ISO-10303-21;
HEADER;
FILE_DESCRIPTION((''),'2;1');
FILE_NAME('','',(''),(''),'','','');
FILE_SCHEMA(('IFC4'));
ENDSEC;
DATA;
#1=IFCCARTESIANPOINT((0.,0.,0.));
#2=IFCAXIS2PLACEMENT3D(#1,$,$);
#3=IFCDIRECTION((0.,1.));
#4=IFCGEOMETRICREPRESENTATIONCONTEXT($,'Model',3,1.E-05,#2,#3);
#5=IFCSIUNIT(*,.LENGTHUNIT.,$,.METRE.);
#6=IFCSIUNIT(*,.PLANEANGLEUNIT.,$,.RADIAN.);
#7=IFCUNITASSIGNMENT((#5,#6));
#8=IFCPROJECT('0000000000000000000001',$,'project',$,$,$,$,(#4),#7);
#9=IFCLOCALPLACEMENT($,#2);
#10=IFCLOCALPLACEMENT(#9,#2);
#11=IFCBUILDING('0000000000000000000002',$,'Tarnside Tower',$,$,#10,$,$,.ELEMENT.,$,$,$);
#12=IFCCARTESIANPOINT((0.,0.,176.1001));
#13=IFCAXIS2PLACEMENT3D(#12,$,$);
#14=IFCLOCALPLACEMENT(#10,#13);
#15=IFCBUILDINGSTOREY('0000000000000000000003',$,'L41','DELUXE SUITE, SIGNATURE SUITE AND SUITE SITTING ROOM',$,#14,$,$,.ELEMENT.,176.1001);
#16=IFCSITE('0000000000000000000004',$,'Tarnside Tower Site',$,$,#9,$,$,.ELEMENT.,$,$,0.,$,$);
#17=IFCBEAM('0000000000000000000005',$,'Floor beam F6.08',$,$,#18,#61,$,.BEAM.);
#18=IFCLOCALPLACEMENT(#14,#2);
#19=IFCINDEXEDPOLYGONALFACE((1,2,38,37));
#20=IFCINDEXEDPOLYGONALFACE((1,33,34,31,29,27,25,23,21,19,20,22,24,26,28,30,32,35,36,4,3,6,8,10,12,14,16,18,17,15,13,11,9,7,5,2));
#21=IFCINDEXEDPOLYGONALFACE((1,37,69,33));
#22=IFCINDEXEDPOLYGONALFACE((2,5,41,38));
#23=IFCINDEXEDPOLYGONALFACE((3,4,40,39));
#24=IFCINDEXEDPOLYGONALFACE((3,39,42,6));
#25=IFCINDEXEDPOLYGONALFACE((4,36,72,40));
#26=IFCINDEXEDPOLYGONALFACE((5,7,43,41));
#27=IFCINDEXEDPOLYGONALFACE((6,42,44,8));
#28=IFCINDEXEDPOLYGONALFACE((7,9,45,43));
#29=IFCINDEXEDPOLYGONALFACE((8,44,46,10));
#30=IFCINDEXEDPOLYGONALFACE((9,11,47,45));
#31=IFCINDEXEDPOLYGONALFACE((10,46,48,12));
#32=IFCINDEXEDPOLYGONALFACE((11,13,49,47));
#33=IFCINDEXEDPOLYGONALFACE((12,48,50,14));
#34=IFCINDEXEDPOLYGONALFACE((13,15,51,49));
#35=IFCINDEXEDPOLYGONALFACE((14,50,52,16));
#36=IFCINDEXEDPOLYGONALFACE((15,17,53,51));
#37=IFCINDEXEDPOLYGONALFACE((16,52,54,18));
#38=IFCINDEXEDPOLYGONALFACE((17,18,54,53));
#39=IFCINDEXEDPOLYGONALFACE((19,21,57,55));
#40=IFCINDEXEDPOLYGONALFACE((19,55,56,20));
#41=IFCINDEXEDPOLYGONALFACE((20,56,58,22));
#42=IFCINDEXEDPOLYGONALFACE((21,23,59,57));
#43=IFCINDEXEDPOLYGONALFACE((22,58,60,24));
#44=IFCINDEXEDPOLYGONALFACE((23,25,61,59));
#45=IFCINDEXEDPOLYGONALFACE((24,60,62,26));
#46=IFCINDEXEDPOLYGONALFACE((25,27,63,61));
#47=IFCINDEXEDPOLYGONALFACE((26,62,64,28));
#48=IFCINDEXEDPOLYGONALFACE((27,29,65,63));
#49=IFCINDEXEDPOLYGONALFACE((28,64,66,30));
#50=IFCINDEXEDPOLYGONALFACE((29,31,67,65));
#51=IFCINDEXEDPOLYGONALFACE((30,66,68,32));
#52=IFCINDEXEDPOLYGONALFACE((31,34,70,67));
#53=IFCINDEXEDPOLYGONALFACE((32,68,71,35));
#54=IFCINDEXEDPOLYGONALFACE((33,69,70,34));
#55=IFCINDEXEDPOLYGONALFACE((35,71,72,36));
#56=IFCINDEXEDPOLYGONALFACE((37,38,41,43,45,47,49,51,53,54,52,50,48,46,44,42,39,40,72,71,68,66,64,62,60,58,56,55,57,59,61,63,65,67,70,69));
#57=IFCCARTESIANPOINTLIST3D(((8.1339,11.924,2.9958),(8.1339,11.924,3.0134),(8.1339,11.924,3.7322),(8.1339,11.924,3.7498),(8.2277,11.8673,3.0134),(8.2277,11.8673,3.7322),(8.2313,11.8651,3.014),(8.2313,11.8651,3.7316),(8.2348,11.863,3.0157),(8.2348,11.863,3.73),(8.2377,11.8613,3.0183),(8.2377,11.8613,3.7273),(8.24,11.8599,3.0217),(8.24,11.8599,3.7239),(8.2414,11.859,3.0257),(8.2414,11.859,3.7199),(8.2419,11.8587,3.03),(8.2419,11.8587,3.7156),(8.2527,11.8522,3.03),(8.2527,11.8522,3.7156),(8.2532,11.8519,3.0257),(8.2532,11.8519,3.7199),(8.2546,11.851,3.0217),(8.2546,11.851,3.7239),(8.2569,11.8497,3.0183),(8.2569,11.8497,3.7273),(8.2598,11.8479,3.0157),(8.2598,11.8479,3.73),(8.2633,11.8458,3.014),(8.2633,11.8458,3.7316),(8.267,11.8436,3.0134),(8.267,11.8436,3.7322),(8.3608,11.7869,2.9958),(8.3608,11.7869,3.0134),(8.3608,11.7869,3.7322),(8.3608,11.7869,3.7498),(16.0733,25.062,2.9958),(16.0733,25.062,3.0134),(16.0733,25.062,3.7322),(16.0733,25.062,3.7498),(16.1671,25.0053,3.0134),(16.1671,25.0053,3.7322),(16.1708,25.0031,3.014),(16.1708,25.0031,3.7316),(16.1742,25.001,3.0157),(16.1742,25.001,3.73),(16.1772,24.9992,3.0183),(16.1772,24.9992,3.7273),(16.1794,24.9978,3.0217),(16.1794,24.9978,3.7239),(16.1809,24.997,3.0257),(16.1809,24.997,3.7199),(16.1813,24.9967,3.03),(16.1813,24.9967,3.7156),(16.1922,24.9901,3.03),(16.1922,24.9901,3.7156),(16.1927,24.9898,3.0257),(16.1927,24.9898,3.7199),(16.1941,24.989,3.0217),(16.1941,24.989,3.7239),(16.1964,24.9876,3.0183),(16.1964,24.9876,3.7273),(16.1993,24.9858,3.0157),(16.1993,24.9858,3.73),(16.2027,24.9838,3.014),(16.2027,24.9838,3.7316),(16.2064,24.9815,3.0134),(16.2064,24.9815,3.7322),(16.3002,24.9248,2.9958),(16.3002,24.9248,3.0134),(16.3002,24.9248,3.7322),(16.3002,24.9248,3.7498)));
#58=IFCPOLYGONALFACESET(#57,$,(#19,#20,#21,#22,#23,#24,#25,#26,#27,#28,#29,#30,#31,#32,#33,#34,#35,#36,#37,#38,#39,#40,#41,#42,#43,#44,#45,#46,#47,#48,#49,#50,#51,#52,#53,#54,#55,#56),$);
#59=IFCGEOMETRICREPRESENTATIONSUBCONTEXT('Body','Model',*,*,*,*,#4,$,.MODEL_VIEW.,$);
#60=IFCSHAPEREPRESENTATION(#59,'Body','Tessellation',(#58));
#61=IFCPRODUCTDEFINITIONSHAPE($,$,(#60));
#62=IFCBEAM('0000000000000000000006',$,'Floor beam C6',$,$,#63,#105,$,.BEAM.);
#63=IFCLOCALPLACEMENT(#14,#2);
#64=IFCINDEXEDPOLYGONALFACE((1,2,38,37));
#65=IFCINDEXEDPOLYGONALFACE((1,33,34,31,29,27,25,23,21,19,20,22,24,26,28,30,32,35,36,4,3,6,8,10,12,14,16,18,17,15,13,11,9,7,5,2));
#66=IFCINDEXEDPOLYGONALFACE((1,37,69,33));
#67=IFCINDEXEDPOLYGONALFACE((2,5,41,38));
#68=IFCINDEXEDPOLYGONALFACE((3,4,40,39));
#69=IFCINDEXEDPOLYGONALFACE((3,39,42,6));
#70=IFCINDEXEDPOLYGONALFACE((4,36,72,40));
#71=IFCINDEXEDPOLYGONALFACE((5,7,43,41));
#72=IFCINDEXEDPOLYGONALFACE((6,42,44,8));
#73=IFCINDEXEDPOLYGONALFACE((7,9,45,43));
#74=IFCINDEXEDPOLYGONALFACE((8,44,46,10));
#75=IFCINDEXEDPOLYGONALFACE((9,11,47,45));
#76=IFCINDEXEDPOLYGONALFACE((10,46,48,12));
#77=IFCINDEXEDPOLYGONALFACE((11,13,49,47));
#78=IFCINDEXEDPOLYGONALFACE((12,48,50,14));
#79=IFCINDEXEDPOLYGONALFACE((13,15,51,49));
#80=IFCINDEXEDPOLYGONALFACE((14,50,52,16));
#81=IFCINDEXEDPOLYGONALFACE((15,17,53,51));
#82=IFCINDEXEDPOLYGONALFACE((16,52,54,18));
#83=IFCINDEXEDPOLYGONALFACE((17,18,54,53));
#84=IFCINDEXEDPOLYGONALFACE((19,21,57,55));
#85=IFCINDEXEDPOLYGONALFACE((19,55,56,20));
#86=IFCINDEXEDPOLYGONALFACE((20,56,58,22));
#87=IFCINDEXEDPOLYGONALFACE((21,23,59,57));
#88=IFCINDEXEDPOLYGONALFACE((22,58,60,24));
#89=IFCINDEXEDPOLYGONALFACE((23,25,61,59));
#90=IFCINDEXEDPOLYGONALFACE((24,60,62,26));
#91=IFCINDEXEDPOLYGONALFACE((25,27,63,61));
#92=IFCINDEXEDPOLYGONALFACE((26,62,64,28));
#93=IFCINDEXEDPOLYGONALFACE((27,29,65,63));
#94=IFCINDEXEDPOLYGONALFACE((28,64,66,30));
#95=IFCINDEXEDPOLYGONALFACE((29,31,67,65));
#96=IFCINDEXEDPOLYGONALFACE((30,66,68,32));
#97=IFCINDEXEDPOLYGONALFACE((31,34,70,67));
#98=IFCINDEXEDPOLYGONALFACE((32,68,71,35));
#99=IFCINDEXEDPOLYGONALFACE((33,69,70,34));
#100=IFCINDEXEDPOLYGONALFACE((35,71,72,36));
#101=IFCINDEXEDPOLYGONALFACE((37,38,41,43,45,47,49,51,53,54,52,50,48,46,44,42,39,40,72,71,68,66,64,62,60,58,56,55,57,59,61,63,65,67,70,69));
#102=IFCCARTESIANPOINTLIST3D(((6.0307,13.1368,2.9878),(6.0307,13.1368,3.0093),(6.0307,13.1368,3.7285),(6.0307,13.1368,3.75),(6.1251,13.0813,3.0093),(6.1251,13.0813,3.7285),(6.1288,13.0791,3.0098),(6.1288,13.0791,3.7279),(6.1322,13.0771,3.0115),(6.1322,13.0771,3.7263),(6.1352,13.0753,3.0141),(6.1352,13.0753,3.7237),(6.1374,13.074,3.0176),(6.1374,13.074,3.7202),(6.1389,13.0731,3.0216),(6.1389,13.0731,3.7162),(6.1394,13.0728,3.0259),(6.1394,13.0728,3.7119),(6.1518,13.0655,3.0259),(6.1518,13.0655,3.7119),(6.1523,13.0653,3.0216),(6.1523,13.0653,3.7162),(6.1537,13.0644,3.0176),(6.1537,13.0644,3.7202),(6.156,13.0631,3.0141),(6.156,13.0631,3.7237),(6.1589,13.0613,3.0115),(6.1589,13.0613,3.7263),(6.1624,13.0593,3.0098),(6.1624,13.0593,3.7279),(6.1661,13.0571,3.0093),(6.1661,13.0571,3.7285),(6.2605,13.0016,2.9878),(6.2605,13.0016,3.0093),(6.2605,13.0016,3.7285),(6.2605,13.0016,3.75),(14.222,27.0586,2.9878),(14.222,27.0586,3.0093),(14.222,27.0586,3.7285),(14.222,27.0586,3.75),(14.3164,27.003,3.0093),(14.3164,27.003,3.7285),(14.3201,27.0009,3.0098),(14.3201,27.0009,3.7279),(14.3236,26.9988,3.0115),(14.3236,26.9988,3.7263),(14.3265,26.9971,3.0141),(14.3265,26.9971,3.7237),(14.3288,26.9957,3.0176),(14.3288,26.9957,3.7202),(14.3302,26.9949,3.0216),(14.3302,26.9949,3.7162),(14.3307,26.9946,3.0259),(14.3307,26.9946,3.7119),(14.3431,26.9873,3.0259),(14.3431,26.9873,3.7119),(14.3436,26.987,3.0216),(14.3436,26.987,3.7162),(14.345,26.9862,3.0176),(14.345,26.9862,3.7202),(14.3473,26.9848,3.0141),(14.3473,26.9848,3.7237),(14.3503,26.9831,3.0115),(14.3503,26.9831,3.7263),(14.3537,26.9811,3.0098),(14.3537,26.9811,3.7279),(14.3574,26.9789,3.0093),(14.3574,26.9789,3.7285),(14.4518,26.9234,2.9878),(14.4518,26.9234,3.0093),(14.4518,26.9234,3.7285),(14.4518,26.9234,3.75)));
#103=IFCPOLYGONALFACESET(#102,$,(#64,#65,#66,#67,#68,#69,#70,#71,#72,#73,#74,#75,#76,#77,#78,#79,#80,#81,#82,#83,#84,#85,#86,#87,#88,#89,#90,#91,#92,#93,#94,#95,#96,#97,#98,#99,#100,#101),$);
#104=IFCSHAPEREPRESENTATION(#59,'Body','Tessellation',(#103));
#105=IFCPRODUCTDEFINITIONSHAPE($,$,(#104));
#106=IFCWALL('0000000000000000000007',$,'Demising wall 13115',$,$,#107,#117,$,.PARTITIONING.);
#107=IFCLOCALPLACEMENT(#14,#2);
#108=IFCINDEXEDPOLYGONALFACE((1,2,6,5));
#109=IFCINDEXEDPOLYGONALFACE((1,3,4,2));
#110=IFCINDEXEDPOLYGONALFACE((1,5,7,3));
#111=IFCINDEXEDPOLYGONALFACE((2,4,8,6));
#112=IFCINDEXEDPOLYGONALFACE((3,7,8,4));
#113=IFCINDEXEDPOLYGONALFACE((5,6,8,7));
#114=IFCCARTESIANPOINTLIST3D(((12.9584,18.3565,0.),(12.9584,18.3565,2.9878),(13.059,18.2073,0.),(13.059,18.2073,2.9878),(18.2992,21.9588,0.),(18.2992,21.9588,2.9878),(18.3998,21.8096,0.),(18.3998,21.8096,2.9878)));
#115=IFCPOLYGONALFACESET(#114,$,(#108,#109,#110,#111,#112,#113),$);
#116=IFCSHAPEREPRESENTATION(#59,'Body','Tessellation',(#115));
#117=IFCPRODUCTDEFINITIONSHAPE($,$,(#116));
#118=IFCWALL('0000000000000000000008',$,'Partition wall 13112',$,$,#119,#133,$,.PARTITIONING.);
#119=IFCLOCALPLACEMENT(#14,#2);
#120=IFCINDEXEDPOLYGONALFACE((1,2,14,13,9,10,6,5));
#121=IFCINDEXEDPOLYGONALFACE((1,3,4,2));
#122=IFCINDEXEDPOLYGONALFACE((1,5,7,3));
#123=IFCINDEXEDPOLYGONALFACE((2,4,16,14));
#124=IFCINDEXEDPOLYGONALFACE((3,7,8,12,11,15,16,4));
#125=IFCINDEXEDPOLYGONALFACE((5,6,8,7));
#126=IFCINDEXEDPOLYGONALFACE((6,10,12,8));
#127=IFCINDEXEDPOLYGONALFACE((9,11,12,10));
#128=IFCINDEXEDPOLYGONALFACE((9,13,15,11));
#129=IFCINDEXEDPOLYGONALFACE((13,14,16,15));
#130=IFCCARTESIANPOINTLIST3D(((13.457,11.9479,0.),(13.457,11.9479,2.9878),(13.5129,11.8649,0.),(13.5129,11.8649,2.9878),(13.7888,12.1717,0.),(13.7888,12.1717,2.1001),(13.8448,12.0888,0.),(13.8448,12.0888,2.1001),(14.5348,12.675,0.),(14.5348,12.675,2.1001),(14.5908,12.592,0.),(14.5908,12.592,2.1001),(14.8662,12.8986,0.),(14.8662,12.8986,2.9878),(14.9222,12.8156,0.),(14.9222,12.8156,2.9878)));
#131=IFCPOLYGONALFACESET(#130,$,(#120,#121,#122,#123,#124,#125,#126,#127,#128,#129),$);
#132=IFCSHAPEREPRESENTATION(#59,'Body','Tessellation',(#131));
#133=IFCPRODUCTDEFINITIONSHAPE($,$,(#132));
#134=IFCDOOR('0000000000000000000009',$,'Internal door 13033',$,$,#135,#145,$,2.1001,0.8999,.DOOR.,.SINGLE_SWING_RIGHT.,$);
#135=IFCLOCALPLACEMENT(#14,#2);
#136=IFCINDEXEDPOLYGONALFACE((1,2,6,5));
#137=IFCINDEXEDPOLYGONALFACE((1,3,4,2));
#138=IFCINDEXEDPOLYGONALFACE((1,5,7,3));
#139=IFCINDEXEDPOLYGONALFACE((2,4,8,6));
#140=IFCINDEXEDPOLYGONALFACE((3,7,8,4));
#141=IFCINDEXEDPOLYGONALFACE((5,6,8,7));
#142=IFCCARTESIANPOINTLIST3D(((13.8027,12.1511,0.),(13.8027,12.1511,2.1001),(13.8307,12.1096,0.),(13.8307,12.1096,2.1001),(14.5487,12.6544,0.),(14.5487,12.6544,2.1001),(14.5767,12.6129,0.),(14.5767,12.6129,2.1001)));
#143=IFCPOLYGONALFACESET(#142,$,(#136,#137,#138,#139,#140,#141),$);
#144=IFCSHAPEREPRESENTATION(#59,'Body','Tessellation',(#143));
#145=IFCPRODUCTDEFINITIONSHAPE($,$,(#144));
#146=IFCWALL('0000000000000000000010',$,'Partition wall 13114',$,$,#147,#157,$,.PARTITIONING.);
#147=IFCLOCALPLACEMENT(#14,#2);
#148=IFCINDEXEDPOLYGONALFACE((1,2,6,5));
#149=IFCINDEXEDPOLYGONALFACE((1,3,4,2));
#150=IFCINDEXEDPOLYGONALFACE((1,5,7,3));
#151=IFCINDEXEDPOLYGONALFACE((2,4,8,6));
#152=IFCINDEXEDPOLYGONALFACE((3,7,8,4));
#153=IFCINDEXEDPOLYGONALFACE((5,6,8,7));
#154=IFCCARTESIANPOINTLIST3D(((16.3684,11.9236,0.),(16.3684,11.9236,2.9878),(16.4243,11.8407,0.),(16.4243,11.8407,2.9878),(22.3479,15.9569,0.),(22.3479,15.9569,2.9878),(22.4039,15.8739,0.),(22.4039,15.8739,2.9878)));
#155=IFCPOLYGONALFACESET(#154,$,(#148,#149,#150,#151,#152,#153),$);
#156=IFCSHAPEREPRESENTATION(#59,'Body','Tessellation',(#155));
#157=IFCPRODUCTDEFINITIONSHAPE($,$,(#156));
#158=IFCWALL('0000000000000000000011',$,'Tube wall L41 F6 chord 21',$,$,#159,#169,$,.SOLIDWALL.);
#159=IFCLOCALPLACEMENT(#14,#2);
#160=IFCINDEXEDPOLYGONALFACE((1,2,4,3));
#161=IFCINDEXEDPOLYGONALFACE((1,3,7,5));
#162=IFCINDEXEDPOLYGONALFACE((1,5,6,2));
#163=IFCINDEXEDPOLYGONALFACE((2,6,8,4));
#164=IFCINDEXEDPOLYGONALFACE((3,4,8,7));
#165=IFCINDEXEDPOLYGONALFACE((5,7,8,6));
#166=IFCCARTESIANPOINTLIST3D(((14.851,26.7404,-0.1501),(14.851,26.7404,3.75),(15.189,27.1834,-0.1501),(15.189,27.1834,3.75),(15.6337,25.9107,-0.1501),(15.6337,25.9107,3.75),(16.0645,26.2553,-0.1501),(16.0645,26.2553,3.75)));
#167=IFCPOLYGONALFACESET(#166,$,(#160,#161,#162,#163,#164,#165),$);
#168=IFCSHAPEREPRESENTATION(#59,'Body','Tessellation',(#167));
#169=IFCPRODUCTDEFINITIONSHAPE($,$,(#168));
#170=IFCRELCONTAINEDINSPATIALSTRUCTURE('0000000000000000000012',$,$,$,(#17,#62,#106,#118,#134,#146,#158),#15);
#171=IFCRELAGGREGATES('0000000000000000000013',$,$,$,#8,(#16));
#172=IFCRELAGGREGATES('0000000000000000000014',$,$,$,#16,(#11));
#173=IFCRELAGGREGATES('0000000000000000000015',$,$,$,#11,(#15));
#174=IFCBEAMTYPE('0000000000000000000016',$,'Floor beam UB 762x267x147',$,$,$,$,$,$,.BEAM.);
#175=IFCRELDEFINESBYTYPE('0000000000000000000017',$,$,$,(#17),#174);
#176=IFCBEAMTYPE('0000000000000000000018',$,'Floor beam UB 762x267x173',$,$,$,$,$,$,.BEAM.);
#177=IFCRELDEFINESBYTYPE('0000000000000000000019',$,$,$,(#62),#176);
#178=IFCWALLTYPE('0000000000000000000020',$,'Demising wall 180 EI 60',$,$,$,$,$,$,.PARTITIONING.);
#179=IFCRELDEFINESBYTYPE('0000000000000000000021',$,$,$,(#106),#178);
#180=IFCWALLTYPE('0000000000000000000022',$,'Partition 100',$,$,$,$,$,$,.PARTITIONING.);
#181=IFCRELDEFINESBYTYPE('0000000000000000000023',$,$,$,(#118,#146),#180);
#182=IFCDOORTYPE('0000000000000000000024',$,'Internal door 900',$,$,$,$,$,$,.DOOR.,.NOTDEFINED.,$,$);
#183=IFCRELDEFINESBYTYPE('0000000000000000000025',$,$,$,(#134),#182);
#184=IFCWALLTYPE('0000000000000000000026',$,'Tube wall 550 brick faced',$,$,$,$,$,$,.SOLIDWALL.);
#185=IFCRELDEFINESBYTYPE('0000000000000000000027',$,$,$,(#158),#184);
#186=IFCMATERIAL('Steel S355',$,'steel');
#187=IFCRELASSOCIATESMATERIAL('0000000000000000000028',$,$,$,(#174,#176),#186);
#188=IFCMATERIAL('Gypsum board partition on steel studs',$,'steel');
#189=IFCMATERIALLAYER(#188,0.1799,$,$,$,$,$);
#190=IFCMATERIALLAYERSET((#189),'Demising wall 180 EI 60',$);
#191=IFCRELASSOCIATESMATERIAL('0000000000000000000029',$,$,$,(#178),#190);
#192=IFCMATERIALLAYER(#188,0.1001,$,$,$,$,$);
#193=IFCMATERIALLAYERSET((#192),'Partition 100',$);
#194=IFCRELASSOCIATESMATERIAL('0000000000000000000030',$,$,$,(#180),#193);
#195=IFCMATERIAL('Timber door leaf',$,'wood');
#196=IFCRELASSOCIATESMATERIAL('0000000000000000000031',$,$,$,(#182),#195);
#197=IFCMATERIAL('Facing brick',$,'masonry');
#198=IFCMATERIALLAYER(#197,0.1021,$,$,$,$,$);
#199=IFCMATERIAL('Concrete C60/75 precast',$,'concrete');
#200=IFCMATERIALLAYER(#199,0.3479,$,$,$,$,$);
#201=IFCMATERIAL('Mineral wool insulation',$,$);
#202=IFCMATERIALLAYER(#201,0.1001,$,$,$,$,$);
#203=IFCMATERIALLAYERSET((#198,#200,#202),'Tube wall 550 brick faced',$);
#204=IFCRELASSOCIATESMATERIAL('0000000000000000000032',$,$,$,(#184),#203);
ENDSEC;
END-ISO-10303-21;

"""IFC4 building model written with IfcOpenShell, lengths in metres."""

from ifc_helpers import new_model, si_unit, direction, frame, frame_2d, origin, origin_2d, place, context, subcontext, project, spatial, polyline, rectangle, i_section, outline, extrude, material, layer, layer_set, material_profile, profile_set, type_object, element, fill, save


model = new_model("IFC4")

# Units and contexts
model_context = context("Model", 3, precision=1e-05, world=origin(), true_north=direction((0.0, 1.0)))
body_context = subcontext(model_context, "Body", "Model", "MODEL_VIEW")
ifc_project = project(units=[si_unit("LENGTHUNIT", "METRE"), si_unit("PLANEANGLEUNIT", "RADIAN")], contexts=[model_context])

# Site, building, storey
site_placement = place(None, origin())
site = spatial("IfcSite", under=ifc_project, at=site_placement, Name="Tarnside Tower Site", CompositionType="ELEMENT", RefElevation=0.0)
building_placement = place(site_placement, origin())
building = spatial("IfcBuilding", under=site, at=building_placement, Name="Tarnside Tower", CompositionType="ELEMENT")
storey_placement = place(building_placement, frame((0.0, 0.0, 176.1001)))
storey = spatial("IfcBuildingStorey", under=building, at=storey_placement, Name="L41", Description="DELUXE SUITE, SIGNATURE SUITE AND SUITE SITTING ROOM", CompositionType="ELEMENT", Elevation=176.1001)

# Beams
ifc_material_1 = material(Name="Steel S355", Category="steel")
ifc_material_profile_1 = material_profile(ifc_material_1, i_section(OverallWidth=0.2651, OverallDepth=0.7539, WebThickness=0.0127, FlangeThickness=0.0176, FilletRadius=0.0166, at=origin_2d()), Name="UB 762x267x147")
ifc_profile_set_1 = profile_set([ifc_material_profile_1], Name="Steel S355")
beam_type_1 = type_object("IfcBeamType", Name="Floor beam UB 762x267x147", PredefinedType="BEAM", material=ifc_profile_set_1)
beam_1_placement = place(storey_placement, frame((16.1868, 24.9934, 3.3728), z_axis=(-0.517209, -0.855859, 0.0), x_axis=(0.855859, -0.517209, 0.0)))
element("IfcBeam", 1, at=beam_1_placement, inside=storey, type_object=beam_type_1, Name="Floor beam F6.08", PredefinedType="BEAM", context=body_context, shape_type="SweptSolid", body=[
    extrude(i_section(OverallWidth=0.2651, OverallDepth=0.7539, WebThickness=0.0127, FlangeThickness=0.0176, FilletRadius=0.0166, at=origin_2d()), origin(), (0.0, 0.0, 1.0), 15.3506),
])
ifc_material_profile_2 = material_profile(ifc_material_1, i_section(OverallWidth=0.2666, OverallDepth=0.7622, WebThickness=0.0144, FlangeThickness=0.0215, FilletRadius=0.0166, at=origin_2d()), Name="UB 762x267x173")
ifc_profile_set_2 = profile_set([ifc_material_profile_2], Name="Steel S355")
beam_type_2 = type_object("IfcBeamType", Name="Floor beam UB 762x267x173", PredefinedType="BEAM", material=ifc_profile_set_2)
beam_2_placement = place(storey_placement, frame((14.3369, 26.991, 3.3689), z_axis=(-0.507115, -0.861878, 0.0), x_axis=(0.861878, -0.507115, 0.0)))
element("IfcBeam", 2, at=beam_2_placement, inside=storey, type_object=beam_type_2, Name="Floor beam C6", PredefinedType="BEAM", context=body_context, shape_type="SweptSolid", body=[
    extrude(i_section(OverallWidth=0.2666, OverallDepth=0.7622, WebThickness=0.0144, FlangeThickness=0.0215, FilletRadius=0.0166, at=origin_2d()), origin(), (0.0, 0.0, 1.0), 16.1528),
])

# Wall
ifc_material_2 = material(Name="Gypsum board partition on steel studs", Category="steel")
ifc_layer_1 = layer(ifc_material_2, 0.1799)
ifc_layer_set_1 = layer_set([ifc_layer_1], Name="Demising wall 180 EI 60")
wall_type_1 = type_object("IfcWallType", Name="Demising wall 180 EI 60", PredefinedType="PARTITIONING", material=ifc_layer_set_1)
wall_1_placement = place(storey_placement, frame((18.3496, 21.8843, 0.0), z_axis=(0.0, 0.0, 1.0), x_axis=(-0.829047, -0.559179, 0.0)))
element("IfcWall", 3, at=wall_1_placement, inside=storey, type_object=wall_type_1, Name="Demising wall 13115", PredefinedType="PARTITIONING", context=body_context, shape_type="SweptSolid", body=[
    extrude(rectangle(XDim=6.4421, YDim=0.1799, at=frame_2d((3.2212, 0.0))), origin(), (0.0, 0.0, 1.0), 2.9878),
])

# Wall, opening, door
ifc_layer_2 = layer(ifc_material_2, 0.1001)
ifc_layer_set_2 = layer_set([ifc_layer_2], Name="Partition 100")
wall_type_2 = type_object("IfcWallType", Name="Partition 100", PredefinedType="PARTITIONING", material=ifc_layer_set_2)
wall_2_placement = place(storey_placement, frame((14.8943, 12.8572, 0.0), z_axis=(0.0, 0.0, 1.0), x_axis=(-0.828989, -0.559266, 0.0)))
wall_2 = element("IfcWall", 4, at=wall_2_placement, inside=storey, type_object=wall_type_2, Name="Partition wall 13112", PredefinedType="PARTITIONING", context=body_context, shape_type="SweptSolid", body=[
    extrude(rectangle(XDim=1.7, YDim=0.1001, at=frame_2d((0.8501, 0.0))), origin(), (0.0, 0.0, 1.0), 2.9878),
])
opening_placement = place(wall_2_placement, frame((0.3999, 0.0, 0.0)))
opening = element("IfcOpeningElement", 5, at=opening_placement, cuts=wall_2, PredefinedType="OPENING", context=body_context, shape_type="SweptSolid", body=[
    extrude(rectangle(XDim=0.8999, YDim=2.1001, at=frame_2d((0.45, 1.05))), frame((0.0, 0.0601, 0.0), z_axis=(0.0, -1.0, 0.0), x_axis=(1.0, 0.0, 0.0)), (0.0, 0.0, 1.0), 0.1201),
])
ifc_material_3 = material(Name="Timber door leaf", Category="wood")
door_type = type_object("IfcDoorType", Name="Internal door 900", OperationType="NOTDEFINED", PredefinedType="DOOR", material=ifc_material_3)
door_placement = place(opening_placement, origin())
door = element("IfcDoor", 6, at=door_placement, inside=storey, type_object=door_type, Name="Internal door 13033", OperationType="SINGLE_SWING_RIGHT", OverallHeight=2.1001, OverallWidth=0.8999, PredefinedType="DOOR", context=body_context, shape_type="SweptSolid", body=[
    extrude(rectangle(XDim=0.8999, YDim=2.1001, at=frame_2d((0.45, 1.05))), frame((0.0, 0.0249, 0.0), z_axis=(0.0, -1.0, 0.0), x_axis=(1.0, 0.0, 0.0)), (0.0, 0.0, 1.0), 0.05),
])
fill(opening, door)

# Walls
wall_3_placement = place(storey_placement, frame((16.3962, 11.8821, 0.0), z_axis=(0.0, 0.0, 1.0), x_axis=(0.829039, 0.559191, 0.0)))
element("IfcWall", 7, at=wall_3_placement, inside=storey, type_object=wall_type_2, Name="Partition wall 13114", PredefinedType="PARTITIONING", context=body_context, shape_type="SweptSolid", body=[
    extrude(rectangle(XDim=7.2126, YDim=0.1001, at=frame_2d((3.6064, 0.0))), origin(), (0.0, 0.0, 1.0), 2.9878),
])
ifc_material_4 = material(Name="Facing brick", Category="masonry")
ifc_layer_3 = layer(ifc_material_4, 0.1021)
ifc_material_5 = material(Name="Concrete C60/75 precast", Category="concrete")
ifc_layer_4 = layer(ifc_material_5, 0.3479)
ifc_material_6 = material(Name="Mineral wool insulation")
ifc_layer_5 = layer(ifc_material_6, 0.1001)
ifc_layer_set_3 = layer_set([ifc_layer_3, ifc_layer_4, ifc_layer_5], Name="Tube wall 550 brick faced")
wall_type_3 = type_object("IfcWallType", Name="Tube wall 550 brick faced", PredefinedType="SOLIDWALL", material=ifc_layer_set_3)
wall_4_placement = place(storey_placement, frame((15.8491, 26.083, -0.1501), z_axis=(0.0, 0.0, 1.0), x_axis=(-0.686196, 0.727416, 0.0)))
element("IfcWall", 8, at=wall_4_placement, inside=storey, type_object=wall_type_3, Name="Tube wall L41 F6 chord 21", PredefinedType="SOLIDWALL", context=body_context, shape_type="SweptSolid", body=[
    extrude(outline(polyline([(-0.0225, -0.2749), (1.2534, -0.2749), (1.1631, 0.2749), (0.0225, 0.2749), (-0.0225, -0.2749)])), origin(), (0.0, 0.0, 1.0), 3.9001),
])

save(model, "model.ifc")
